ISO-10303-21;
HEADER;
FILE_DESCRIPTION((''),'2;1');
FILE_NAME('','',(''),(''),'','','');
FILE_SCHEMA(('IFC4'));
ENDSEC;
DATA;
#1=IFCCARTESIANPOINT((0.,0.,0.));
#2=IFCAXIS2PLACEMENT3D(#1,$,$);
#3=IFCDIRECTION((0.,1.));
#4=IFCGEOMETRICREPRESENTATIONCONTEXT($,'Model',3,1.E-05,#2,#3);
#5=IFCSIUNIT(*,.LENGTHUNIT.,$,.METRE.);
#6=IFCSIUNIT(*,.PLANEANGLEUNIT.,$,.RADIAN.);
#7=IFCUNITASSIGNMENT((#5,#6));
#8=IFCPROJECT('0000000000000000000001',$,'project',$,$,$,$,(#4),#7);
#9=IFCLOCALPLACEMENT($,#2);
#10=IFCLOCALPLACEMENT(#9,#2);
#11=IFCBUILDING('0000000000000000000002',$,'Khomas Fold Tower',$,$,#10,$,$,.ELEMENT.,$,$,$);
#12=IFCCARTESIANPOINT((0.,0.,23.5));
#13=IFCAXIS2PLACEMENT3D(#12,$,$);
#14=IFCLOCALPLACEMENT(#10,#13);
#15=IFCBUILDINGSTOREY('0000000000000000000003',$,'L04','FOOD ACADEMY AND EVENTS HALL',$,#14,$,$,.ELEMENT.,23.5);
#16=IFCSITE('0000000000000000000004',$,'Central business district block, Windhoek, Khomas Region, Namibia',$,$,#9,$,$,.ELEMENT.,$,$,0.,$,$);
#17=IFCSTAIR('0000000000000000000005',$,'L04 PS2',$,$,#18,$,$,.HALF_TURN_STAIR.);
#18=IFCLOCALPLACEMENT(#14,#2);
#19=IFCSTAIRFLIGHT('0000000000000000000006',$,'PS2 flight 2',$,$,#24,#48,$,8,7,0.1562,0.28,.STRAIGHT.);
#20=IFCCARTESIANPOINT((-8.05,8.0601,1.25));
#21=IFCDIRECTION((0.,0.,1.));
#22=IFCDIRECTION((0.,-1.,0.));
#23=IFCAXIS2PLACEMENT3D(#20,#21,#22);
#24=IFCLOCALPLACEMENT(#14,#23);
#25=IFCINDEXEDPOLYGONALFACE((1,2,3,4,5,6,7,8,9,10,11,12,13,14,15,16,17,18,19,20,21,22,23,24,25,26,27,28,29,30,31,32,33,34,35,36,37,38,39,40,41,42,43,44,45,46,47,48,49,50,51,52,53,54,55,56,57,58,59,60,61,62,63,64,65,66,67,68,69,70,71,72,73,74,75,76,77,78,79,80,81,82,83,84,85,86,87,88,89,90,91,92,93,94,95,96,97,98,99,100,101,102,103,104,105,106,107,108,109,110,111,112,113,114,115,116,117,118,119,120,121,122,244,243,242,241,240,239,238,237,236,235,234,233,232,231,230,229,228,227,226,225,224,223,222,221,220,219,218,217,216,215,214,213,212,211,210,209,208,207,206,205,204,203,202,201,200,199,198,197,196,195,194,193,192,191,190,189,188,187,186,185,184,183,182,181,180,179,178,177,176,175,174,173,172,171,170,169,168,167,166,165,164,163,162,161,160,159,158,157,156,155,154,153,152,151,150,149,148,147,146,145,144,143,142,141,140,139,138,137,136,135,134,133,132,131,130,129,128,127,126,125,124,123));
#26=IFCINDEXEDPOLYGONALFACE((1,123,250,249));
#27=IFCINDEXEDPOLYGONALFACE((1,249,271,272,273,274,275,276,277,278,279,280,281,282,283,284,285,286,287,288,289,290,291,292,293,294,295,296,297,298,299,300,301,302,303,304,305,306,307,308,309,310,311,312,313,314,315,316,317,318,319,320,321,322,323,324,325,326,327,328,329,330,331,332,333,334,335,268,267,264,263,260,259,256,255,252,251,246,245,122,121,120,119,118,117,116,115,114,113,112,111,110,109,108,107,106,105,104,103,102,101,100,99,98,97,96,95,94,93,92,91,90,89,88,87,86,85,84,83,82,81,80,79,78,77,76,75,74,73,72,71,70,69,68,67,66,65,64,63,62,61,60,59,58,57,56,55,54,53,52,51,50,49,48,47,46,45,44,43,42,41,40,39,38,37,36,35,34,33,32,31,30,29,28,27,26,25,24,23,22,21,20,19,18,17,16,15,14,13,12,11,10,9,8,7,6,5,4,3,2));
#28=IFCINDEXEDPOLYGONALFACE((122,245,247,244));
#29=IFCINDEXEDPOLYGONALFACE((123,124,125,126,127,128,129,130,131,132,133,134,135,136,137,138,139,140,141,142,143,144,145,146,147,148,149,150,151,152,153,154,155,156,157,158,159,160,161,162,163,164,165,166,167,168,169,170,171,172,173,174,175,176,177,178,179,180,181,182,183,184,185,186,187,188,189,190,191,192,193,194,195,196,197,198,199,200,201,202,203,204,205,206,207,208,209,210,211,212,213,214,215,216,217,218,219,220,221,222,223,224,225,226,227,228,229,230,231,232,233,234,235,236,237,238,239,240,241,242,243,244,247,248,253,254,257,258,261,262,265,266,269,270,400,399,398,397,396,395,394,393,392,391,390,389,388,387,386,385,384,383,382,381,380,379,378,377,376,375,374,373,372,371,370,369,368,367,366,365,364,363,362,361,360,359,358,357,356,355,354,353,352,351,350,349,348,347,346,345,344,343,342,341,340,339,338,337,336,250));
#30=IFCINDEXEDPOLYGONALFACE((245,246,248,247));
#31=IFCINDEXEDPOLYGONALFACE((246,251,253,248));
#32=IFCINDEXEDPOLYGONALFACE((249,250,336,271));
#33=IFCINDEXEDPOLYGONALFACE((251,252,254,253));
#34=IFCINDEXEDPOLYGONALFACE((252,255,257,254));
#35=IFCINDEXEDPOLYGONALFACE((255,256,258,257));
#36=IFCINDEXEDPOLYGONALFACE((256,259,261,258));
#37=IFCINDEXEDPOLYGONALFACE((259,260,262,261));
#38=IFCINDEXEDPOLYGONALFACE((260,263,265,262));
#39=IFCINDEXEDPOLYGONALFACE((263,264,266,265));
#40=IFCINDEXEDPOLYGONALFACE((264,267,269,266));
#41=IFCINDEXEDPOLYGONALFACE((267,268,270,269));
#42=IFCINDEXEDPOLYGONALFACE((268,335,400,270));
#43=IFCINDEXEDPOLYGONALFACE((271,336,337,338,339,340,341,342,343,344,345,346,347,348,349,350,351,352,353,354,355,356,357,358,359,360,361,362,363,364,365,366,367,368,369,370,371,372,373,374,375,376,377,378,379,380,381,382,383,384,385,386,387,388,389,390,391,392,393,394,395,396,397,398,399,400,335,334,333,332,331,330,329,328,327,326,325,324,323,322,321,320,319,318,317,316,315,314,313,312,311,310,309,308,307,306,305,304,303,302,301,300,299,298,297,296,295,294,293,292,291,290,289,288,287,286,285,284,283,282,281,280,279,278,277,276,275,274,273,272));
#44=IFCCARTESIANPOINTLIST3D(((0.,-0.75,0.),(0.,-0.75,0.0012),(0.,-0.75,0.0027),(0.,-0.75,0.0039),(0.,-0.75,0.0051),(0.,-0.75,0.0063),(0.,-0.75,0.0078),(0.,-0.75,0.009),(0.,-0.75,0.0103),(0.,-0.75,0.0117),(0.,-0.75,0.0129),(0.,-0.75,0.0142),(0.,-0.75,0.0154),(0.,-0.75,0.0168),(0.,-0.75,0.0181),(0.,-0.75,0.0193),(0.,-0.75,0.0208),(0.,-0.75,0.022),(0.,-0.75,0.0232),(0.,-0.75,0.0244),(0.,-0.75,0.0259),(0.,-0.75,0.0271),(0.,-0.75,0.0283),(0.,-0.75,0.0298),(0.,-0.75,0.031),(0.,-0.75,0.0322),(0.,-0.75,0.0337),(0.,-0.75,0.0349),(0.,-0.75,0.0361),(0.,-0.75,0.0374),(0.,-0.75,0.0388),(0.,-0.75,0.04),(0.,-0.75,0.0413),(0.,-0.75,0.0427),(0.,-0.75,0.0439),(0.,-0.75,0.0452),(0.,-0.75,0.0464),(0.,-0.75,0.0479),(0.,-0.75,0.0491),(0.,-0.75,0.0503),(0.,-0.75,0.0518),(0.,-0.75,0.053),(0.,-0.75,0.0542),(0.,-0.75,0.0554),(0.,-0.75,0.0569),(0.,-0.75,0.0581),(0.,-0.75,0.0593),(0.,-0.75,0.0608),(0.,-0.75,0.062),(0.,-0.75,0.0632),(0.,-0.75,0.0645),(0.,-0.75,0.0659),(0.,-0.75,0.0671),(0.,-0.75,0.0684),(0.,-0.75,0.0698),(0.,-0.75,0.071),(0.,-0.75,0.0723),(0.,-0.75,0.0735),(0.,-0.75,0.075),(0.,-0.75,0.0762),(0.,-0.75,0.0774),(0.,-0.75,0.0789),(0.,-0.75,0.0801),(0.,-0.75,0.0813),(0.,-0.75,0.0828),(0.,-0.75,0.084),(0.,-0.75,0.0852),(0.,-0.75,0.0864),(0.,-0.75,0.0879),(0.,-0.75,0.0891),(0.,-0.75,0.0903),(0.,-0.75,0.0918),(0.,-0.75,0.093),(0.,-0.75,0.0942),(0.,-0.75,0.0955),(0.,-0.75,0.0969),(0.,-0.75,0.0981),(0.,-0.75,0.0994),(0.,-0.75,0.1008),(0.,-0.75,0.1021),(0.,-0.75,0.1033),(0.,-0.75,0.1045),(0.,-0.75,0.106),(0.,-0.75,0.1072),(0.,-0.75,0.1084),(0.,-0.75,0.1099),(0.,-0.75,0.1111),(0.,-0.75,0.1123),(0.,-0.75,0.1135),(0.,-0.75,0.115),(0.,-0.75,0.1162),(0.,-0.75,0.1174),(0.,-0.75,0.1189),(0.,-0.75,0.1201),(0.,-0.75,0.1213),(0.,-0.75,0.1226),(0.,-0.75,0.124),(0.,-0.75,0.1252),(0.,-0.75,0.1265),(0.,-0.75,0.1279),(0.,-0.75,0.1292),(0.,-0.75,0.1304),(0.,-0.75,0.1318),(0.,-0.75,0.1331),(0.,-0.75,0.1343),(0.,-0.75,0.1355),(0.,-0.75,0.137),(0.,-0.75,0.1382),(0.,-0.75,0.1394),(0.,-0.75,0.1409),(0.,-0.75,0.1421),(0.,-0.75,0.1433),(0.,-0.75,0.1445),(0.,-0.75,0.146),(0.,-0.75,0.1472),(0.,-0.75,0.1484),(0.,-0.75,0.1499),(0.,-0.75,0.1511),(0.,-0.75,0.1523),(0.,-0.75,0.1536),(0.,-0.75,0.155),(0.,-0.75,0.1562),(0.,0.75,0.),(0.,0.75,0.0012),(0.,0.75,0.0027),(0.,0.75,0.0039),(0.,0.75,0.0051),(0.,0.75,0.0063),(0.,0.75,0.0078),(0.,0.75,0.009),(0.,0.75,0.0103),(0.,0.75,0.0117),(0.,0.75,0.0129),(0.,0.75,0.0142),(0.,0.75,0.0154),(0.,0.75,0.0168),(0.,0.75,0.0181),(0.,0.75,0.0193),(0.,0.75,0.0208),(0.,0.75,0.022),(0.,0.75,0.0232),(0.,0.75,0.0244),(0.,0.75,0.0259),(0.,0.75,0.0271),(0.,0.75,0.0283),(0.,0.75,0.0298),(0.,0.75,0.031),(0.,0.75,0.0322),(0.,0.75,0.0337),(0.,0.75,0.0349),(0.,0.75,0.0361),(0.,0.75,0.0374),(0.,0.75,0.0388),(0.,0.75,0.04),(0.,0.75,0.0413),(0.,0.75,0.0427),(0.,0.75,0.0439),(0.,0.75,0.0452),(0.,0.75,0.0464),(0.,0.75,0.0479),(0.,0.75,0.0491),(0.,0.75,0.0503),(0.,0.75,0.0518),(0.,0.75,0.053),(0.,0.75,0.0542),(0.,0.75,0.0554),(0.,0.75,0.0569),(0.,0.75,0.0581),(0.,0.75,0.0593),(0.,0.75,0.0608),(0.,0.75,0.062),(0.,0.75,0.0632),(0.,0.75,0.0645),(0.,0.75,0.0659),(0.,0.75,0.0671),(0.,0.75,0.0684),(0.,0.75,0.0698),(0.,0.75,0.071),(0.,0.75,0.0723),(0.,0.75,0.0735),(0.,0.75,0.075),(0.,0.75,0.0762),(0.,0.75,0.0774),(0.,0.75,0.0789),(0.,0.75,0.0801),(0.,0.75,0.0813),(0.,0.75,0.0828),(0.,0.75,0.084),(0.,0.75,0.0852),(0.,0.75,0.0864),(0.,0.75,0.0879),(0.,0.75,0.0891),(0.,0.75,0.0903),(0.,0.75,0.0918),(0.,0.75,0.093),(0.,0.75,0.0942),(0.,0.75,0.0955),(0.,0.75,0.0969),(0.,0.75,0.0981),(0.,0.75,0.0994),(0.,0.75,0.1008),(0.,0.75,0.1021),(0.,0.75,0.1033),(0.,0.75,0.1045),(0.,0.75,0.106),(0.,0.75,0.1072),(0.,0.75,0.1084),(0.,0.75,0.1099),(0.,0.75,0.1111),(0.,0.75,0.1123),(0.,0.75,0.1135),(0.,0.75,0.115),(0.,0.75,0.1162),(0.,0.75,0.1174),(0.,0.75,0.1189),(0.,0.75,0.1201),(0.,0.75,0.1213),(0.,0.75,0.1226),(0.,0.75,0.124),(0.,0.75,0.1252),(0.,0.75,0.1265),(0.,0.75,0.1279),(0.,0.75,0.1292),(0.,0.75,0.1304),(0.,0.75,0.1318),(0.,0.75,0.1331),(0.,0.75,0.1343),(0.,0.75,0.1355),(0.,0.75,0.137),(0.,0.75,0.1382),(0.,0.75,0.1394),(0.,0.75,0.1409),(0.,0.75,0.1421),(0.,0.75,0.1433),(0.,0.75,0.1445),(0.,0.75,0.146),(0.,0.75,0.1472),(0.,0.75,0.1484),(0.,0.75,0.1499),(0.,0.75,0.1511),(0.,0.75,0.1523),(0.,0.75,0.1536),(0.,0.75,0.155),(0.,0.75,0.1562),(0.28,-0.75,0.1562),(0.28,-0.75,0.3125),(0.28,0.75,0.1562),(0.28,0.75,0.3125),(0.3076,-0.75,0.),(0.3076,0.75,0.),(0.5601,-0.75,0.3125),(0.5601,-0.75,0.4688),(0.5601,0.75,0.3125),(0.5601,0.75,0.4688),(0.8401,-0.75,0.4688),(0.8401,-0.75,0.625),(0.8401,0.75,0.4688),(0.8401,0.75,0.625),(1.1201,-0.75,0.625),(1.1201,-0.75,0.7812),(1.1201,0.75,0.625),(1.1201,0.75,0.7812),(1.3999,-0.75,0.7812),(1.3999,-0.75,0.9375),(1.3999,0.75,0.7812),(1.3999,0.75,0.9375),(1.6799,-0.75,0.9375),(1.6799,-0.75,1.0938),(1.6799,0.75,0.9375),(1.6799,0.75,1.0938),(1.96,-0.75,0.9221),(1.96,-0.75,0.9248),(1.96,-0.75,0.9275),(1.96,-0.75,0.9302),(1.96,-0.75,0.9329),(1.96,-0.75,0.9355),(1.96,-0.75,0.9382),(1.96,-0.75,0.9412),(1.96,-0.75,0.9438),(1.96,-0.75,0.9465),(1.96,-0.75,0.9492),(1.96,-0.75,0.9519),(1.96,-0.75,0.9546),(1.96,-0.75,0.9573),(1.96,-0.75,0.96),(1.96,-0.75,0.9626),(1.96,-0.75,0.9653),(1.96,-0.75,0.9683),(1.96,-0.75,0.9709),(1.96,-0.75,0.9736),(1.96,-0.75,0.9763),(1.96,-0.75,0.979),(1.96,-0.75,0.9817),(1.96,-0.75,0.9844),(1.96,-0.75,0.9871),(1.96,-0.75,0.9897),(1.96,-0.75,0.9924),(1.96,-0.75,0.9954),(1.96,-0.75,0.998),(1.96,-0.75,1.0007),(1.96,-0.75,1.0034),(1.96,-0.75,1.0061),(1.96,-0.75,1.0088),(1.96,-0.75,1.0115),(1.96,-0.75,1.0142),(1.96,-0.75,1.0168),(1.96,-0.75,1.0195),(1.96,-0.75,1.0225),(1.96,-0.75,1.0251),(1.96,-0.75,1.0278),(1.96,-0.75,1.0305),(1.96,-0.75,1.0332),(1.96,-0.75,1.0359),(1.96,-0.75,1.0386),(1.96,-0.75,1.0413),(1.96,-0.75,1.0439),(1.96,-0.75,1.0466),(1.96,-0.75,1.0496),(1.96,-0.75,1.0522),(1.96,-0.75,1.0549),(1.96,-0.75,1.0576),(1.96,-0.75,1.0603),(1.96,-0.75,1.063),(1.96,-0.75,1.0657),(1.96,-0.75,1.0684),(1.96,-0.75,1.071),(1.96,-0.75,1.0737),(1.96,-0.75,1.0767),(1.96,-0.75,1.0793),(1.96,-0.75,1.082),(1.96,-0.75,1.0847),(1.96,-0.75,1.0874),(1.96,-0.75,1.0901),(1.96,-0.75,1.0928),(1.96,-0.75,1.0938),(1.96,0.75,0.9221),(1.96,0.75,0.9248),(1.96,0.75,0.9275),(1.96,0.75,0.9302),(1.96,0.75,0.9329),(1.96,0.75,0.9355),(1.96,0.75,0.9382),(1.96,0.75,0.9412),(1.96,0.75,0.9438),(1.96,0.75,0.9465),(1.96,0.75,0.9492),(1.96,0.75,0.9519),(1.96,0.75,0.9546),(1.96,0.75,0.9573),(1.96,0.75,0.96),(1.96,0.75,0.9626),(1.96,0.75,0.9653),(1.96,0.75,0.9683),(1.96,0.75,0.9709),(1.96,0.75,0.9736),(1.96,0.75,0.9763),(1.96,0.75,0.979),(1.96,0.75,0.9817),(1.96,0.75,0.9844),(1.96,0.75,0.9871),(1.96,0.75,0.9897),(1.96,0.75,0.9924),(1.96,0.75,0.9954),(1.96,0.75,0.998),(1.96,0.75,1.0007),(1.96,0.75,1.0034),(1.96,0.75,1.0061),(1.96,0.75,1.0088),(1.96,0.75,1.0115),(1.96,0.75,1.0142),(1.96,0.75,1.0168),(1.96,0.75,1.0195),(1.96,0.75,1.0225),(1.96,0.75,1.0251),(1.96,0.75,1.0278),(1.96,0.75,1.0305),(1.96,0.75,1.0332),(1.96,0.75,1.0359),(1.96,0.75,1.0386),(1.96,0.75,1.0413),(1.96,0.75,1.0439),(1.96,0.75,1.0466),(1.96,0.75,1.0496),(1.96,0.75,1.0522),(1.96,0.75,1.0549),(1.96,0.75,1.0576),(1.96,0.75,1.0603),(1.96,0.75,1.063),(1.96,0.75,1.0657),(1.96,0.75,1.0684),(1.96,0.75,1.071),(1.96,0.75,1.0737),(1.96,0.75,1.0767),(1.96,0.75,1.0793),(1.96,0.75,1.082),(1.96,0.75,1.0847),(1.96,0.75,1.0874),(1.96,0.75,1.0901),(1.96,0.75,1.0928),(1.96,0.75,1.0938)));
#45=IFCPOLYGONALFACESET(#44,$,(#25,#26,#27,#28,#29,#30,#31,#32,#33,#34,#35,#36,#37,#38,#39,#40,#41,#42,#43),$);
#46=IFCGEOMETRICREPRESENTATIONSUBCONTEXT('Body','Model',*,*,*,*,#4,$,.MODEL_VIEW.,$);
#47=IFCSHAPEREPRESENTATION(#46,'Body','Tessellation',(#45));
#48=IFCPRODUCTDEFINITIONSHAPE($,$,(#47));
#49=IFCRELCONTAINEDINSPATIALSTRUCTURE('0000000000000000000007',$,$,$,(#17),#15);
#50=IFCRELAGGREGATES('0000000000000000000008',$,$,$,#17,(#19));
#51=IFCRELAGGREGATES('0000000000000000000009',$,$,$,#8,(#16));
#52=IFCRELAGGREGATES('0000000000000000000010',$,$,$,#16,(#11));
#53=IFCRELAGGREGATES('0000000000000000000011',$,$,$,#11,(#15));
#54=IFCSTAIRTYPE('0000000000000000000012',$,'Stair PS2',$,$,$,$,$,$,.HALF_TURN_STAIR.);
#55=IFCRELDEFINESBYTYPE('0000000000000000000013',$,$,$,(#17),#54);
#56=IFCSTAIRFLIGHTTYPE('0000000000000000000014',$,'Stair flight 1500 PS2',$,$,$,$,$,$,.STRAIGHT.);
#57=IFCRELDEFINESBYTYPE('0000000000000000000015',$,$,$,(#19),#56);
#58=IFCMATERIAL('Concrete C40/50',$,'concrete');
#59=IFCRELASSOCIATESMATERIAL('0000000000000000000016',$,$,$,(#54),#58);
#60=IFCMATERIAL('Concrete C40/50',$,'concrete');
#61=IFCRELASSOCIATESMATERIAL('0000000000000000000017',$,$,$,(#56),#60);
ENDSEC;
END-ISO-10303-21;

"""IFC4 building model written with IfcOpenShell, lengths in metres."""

from ifc_helpers import new_model, si_unit, direction, frame, origin, place, context, subcontext, project, spatial, polyline, outline, extrude, source, transform, mapped, material, type_object, element, aggregate, save


model = new_model("IFC4")

# Units and contexts
model_context = context("Model", 3, precision=1e-05, world=origin(), true_north=direction((0.0, 1.0)))
body_context = subcontext(model_context, "Body", "Model", "MODEL_VIEW")
ifc_project = project(units=[si_unit("LENGTHUNIT", "METRE"), si_unit("PLANEANGLEUNIT", "RADIAN")], contexts=[model_context])

# Site, building, storey
site_placement = place(None, origin())
site = spatial("IfcSite", under=ifc_project, at=site_placement, Name="Central business district block, Windhoek, Khomas Region, Namibia", CompositionType="ELEMENT", RefElevation=0.0)
building_placement = place(site_placement, origin())
building = spatial("IfcBuilding", under=site, at=building_placement, Name="Khomas Fold Tower", CompositionType="ELEMENT")
storey_placement = place(building_placement, frame((0.0, 0.0, 23.5)))
storey = spatial("IfcBuildingStorey", under=building, at=storey_placement, Name="L04", Description="FOOD ACADEMY AND EVENTS HALL", CompositionType="ELEMENT", Elevation=23.5)

# Stair, stair flight
ifc_material_1 = material(Name="Concrete C40/50", Category="concrete")
stair_type = type_object("IfcStairType", Name="Stair PS2", PredefinedType="HALF_TURN_STAIR", material=ifc_material_1)
stair_placement = place(storey_placement, origin())
stair = element("IfcStair", 1, at=stair_placement, inside=storey, type_object=stair_type, Name="L04 PS2", PredefinedType="HALF_TURN_STAIR")
ifc_material_2 = material(Name="Concrete C40/50", Category="concrete")
stair_flight_type = type_object("IfcStairFlightType", Name="Stair flight 1500 PS2", PredefinedType="STRAIGHT", material=ifc_material_2)
shared_shape_1 = source(origin(), body_context, "Body", "SweptSolid", [
    extrude(outline(polyline([(0.0, 0.0), (0.0, 0.0012), (0.0, 0.0027), (0.0, 0.0039), (0.0, 0.0051), (0.0, 0.0063), (0.0, 0.0078), (0.0, 0.009), (0.0, 0.0103), (0.0, 0.0117), (0.0, 0.0129), (0.0, 0.0142), (0.0, 0.0154), (0.0, 0.0168), (0.0, 0.0181), (0.0, 0.0193), (0.0, 0.0208), (0.0, 0.022), (0.0, 0.0232), (0.0, 0.0244), (0.0, 0.0259), (0.0, 0.0271), (0.0, 0.0283), (0.0, 0.0298), (0.0, 0.031), (0.0, 0.0322), (0.0, 0.0337), (0.0, 0.0349), (0.0, 0.0361), (0.0, 0.0374), (0.0, 0.0388), (0.0, 0.04), (0.0, 0.0413), (0.0, 0.0427), (0.0, 0.0439), (0.0, 0.0452), (0.0, 0.0464), (0.0, 0.0479), (0.0, 0.0491), (0.0, 0.0503), (0.0, 0.0518), (0.0, 0.053), (0.0, 0.0542), (0.0, 0.0554), (0.0, 0.0569), (0.0, 0.0581), (0.0, 0.0593), (0.0, 0.0608), (0.0, 0.062), (0.0, 0.0632), (0.0, 0.0645), (0.0, 0.0659), (0.0, 0.0671), (0.0, 0.0684), (0.0, 0.0698), (0.0, 0.071), (0.0, 0.0723), (0.0, 0.0735), (0.0, 0.075), (0.0, 0.0762), (0.0, 0.0774), (0.0, 0.0789), (0.0, 0.0801), (0.0, 0.0813), (0.0, 0.0828), (0.0, 0.084), (0.0, 0.0852), (0.0, 0.0864), (0.0, 0.0879), (0.0, 0.0891), (0.0, 0.0903), (0.0, 0.0918), (0.0, 0.093), (0.0, 0.0942), (0.0, 0.0955), (0.0, 0.0969), (0.0, 0.0981), (0.0, 0.0994), (0.0, 0.1008), (0.0, 0.1021), (0.0, 0.1033), (0.0, 0.1045), (0.0, 0.106), (0.0, 0.1072), (0.0, 0.1084), (0.0, 0.1099), (0.0, 0.1111), (0.0, 0.1123), (0.0, 0.1135), (0.0, 0.115), (0.0, 0.1162), (0.0, 0.1174), (0.0, 0.1189), (0.0, 0.1201), (0.0, 0.1213), (0.0, 0.1226), (0.0, 0.124), (0.0, 0.1252), (0.0, 0.1265), (0.0, 0.1279), (0.0, 0.1292), (0.0, 0.1304), (0.0, 0.1318), (0.0, 0.1331), (0.0, 0.1343), (0.0, 0.1355), (0.0, 0.137), (0.0, 0.1382), (0.0, 0.1394), (0.0, 0.1409), (0.0, 0.1421), (0.0, 0.1433), (0.0, 0.1445), (0.0, 0.146), (0.0, 0.1472), (0.0, 0.1484), (0.0, 0.1499), (0.0, 0.1511), (0.0, 0.1523), (0.0, 0.1536), (0.0, 0.155), (0.0, 0.1562), (0.28, 0.1562), (0.28, 0.3125), (0.5601, 0.3125), (0.5601, 0.4688), (0.8401, 0.4688), (0.8401, 0.625), (1.1201, 0.625), (1.1201, 0.7812), (1.3999, 0.7812), (1.3999, 0.9375), (1.6799, 0.9375), (1.6799, 1.0938), (1.96, 1.0938), (1.96, 1.25), (1.96, 1.2473), (1.96, 1.2446), (1.96, 1.2419), (1.96, 1.2393), (1.96, 1.2363), (1.96, 1.2336), (1.96, 1.231), (1.96, 1.2283), (1.96, 1.2256), (1.96, 1.2229), (1.96, 1.2202), (1.96, 1.2175), (1.96, 1.2148), (1.96, 1.2122), (1.96, 1.2092), (1.96, 1.2065), (1.96, 1.2039), (1.96, 1.2012), (1.96, 1.1985), (1.96, 1.1958), (1.96, 1.1931), (1.96, 1.1904), (1.96, 1.1877), (1.96, 1.1851), (1.96, 1.1821), (1.96, 1.1794), (1.96, 1.1768), (1.96, 1.1741), (1.96, 1.1714), (1.96, 1.1687), (1.96, 1.166), (1.96, 1.1633), (1.96, 1.1606), (1.96, 1.158), (1.96, 1.155), (1.96, 1.1523), (1.96, 1.1497), (1.96, 1.147), (1.96, 1.1443), (1.96, 1.1416), (1.96, 1.1389), (1.96, 1.1362), (1.96, 1.1335), (1.96, 1.1309), (1.96, 1.1279), (1.96, 1.1252), (1.96, 1.1226), (1.96, 1.1199), (1.96, 1.1172), (1.96, 1.1145), (1.96, 1.1118), (1.96, 1.1091), (1.96, 1.1064), (1.96, 1.1038), (1.96, 1.1008), (1.96, 1.0981), (1.96, 1.0955), (1.96, 1.0928), (1.96, 1.0901), (1.96, 1.0874), (1.96, 1.0847), (1.96, 1.082), (1.96, 1.0793), (1.96, 1.0767), (1.96, 1.0737), (1.96, 1.071), (1.96, 1.0684), (1.96, 1.0657), (1.96, 1.063), (1.96, 1.0603), (1.96, 1.0576), (1.96, 1.0549), (1.96, 1.0522), (1.96, 1.0496), (1.96, 1.0466), (1.96, 1.0439), (1.96, 1.0413), (1.96, 1.0386), (1.96, 1.0359), (1.96, 1.0332), (1.96, 1.0305), (1.96, 1.0278), (1.96, 1.0251), (1.96, 1.0225), (1.96, 1.0195), (1.96, 1.0168), (1.96, 1.0142), (1.96, 1.0115), (1.96, 1.0088), (1.96, 1.0061), (1.96, 1.0034), (1.96, 1.0007), (1.96, 0.998), (1.96, 0.9954), (1.96, 0.9924), (1.96, 0.9897), (1.96, 0.9871), (1.96, 0.9844), (1.96, 0.9817), (1.96, 0.979), (1.96, 0.9763), (1.96, 0.9736), (1.96, 0.9709), (1.96, 0.9683), (1.96, 0.9653), (1.96, 0.9626), (1.96, 0.96), (1.96, 0.9573), (1.96, 0.9546), (1.96, 0.9519), (1.96, 0.9492), (1.96, 0.9465), (1.96, 0.9438), (1.96, 0.9412), (1.96, 0.9382), (1.96, 0.9355), (1.96, 0.9329), (1.96, 0.9302), (1.96, 0.9275), (1.96, 0.9248), (1.96, 0.9221), (0.3076, 0.0), (0.0, 0.0)])), frame((0.0, 0.75, 0.0), z_axis=(0.0, -1.0, 0.0), x_axis=(1.0, 0.0, 0.0)), (0.0, 0.0, 1.0), 1.5),
])
stair_flight_1_placement = place(storey_placement, frame((-8.05, 8.0601, 1.25), z_axis=(0.0, 0.0, 1.0), x_axis=(0.0, -1.0, 0.0)))
stair_flight_1 = element("IfcStairFlight", 2, at=stair_flight_1_placement, type_object=stair_flight_type, Name="PS2 flight 2", NumberOfRisers=8, NumberOfTreads=7, PredefinedType="STRAIGHT", RiserHeight=0.1562, TreadLength=0.28, context=body_context, shape_type="MappedRepresentation", body=[
    mapped(shared_shape_1, transform((0.0, 0.0, 0.0))),
])
aggregate(stair, [stair_flight_1])

save(model, "model.ifc")
